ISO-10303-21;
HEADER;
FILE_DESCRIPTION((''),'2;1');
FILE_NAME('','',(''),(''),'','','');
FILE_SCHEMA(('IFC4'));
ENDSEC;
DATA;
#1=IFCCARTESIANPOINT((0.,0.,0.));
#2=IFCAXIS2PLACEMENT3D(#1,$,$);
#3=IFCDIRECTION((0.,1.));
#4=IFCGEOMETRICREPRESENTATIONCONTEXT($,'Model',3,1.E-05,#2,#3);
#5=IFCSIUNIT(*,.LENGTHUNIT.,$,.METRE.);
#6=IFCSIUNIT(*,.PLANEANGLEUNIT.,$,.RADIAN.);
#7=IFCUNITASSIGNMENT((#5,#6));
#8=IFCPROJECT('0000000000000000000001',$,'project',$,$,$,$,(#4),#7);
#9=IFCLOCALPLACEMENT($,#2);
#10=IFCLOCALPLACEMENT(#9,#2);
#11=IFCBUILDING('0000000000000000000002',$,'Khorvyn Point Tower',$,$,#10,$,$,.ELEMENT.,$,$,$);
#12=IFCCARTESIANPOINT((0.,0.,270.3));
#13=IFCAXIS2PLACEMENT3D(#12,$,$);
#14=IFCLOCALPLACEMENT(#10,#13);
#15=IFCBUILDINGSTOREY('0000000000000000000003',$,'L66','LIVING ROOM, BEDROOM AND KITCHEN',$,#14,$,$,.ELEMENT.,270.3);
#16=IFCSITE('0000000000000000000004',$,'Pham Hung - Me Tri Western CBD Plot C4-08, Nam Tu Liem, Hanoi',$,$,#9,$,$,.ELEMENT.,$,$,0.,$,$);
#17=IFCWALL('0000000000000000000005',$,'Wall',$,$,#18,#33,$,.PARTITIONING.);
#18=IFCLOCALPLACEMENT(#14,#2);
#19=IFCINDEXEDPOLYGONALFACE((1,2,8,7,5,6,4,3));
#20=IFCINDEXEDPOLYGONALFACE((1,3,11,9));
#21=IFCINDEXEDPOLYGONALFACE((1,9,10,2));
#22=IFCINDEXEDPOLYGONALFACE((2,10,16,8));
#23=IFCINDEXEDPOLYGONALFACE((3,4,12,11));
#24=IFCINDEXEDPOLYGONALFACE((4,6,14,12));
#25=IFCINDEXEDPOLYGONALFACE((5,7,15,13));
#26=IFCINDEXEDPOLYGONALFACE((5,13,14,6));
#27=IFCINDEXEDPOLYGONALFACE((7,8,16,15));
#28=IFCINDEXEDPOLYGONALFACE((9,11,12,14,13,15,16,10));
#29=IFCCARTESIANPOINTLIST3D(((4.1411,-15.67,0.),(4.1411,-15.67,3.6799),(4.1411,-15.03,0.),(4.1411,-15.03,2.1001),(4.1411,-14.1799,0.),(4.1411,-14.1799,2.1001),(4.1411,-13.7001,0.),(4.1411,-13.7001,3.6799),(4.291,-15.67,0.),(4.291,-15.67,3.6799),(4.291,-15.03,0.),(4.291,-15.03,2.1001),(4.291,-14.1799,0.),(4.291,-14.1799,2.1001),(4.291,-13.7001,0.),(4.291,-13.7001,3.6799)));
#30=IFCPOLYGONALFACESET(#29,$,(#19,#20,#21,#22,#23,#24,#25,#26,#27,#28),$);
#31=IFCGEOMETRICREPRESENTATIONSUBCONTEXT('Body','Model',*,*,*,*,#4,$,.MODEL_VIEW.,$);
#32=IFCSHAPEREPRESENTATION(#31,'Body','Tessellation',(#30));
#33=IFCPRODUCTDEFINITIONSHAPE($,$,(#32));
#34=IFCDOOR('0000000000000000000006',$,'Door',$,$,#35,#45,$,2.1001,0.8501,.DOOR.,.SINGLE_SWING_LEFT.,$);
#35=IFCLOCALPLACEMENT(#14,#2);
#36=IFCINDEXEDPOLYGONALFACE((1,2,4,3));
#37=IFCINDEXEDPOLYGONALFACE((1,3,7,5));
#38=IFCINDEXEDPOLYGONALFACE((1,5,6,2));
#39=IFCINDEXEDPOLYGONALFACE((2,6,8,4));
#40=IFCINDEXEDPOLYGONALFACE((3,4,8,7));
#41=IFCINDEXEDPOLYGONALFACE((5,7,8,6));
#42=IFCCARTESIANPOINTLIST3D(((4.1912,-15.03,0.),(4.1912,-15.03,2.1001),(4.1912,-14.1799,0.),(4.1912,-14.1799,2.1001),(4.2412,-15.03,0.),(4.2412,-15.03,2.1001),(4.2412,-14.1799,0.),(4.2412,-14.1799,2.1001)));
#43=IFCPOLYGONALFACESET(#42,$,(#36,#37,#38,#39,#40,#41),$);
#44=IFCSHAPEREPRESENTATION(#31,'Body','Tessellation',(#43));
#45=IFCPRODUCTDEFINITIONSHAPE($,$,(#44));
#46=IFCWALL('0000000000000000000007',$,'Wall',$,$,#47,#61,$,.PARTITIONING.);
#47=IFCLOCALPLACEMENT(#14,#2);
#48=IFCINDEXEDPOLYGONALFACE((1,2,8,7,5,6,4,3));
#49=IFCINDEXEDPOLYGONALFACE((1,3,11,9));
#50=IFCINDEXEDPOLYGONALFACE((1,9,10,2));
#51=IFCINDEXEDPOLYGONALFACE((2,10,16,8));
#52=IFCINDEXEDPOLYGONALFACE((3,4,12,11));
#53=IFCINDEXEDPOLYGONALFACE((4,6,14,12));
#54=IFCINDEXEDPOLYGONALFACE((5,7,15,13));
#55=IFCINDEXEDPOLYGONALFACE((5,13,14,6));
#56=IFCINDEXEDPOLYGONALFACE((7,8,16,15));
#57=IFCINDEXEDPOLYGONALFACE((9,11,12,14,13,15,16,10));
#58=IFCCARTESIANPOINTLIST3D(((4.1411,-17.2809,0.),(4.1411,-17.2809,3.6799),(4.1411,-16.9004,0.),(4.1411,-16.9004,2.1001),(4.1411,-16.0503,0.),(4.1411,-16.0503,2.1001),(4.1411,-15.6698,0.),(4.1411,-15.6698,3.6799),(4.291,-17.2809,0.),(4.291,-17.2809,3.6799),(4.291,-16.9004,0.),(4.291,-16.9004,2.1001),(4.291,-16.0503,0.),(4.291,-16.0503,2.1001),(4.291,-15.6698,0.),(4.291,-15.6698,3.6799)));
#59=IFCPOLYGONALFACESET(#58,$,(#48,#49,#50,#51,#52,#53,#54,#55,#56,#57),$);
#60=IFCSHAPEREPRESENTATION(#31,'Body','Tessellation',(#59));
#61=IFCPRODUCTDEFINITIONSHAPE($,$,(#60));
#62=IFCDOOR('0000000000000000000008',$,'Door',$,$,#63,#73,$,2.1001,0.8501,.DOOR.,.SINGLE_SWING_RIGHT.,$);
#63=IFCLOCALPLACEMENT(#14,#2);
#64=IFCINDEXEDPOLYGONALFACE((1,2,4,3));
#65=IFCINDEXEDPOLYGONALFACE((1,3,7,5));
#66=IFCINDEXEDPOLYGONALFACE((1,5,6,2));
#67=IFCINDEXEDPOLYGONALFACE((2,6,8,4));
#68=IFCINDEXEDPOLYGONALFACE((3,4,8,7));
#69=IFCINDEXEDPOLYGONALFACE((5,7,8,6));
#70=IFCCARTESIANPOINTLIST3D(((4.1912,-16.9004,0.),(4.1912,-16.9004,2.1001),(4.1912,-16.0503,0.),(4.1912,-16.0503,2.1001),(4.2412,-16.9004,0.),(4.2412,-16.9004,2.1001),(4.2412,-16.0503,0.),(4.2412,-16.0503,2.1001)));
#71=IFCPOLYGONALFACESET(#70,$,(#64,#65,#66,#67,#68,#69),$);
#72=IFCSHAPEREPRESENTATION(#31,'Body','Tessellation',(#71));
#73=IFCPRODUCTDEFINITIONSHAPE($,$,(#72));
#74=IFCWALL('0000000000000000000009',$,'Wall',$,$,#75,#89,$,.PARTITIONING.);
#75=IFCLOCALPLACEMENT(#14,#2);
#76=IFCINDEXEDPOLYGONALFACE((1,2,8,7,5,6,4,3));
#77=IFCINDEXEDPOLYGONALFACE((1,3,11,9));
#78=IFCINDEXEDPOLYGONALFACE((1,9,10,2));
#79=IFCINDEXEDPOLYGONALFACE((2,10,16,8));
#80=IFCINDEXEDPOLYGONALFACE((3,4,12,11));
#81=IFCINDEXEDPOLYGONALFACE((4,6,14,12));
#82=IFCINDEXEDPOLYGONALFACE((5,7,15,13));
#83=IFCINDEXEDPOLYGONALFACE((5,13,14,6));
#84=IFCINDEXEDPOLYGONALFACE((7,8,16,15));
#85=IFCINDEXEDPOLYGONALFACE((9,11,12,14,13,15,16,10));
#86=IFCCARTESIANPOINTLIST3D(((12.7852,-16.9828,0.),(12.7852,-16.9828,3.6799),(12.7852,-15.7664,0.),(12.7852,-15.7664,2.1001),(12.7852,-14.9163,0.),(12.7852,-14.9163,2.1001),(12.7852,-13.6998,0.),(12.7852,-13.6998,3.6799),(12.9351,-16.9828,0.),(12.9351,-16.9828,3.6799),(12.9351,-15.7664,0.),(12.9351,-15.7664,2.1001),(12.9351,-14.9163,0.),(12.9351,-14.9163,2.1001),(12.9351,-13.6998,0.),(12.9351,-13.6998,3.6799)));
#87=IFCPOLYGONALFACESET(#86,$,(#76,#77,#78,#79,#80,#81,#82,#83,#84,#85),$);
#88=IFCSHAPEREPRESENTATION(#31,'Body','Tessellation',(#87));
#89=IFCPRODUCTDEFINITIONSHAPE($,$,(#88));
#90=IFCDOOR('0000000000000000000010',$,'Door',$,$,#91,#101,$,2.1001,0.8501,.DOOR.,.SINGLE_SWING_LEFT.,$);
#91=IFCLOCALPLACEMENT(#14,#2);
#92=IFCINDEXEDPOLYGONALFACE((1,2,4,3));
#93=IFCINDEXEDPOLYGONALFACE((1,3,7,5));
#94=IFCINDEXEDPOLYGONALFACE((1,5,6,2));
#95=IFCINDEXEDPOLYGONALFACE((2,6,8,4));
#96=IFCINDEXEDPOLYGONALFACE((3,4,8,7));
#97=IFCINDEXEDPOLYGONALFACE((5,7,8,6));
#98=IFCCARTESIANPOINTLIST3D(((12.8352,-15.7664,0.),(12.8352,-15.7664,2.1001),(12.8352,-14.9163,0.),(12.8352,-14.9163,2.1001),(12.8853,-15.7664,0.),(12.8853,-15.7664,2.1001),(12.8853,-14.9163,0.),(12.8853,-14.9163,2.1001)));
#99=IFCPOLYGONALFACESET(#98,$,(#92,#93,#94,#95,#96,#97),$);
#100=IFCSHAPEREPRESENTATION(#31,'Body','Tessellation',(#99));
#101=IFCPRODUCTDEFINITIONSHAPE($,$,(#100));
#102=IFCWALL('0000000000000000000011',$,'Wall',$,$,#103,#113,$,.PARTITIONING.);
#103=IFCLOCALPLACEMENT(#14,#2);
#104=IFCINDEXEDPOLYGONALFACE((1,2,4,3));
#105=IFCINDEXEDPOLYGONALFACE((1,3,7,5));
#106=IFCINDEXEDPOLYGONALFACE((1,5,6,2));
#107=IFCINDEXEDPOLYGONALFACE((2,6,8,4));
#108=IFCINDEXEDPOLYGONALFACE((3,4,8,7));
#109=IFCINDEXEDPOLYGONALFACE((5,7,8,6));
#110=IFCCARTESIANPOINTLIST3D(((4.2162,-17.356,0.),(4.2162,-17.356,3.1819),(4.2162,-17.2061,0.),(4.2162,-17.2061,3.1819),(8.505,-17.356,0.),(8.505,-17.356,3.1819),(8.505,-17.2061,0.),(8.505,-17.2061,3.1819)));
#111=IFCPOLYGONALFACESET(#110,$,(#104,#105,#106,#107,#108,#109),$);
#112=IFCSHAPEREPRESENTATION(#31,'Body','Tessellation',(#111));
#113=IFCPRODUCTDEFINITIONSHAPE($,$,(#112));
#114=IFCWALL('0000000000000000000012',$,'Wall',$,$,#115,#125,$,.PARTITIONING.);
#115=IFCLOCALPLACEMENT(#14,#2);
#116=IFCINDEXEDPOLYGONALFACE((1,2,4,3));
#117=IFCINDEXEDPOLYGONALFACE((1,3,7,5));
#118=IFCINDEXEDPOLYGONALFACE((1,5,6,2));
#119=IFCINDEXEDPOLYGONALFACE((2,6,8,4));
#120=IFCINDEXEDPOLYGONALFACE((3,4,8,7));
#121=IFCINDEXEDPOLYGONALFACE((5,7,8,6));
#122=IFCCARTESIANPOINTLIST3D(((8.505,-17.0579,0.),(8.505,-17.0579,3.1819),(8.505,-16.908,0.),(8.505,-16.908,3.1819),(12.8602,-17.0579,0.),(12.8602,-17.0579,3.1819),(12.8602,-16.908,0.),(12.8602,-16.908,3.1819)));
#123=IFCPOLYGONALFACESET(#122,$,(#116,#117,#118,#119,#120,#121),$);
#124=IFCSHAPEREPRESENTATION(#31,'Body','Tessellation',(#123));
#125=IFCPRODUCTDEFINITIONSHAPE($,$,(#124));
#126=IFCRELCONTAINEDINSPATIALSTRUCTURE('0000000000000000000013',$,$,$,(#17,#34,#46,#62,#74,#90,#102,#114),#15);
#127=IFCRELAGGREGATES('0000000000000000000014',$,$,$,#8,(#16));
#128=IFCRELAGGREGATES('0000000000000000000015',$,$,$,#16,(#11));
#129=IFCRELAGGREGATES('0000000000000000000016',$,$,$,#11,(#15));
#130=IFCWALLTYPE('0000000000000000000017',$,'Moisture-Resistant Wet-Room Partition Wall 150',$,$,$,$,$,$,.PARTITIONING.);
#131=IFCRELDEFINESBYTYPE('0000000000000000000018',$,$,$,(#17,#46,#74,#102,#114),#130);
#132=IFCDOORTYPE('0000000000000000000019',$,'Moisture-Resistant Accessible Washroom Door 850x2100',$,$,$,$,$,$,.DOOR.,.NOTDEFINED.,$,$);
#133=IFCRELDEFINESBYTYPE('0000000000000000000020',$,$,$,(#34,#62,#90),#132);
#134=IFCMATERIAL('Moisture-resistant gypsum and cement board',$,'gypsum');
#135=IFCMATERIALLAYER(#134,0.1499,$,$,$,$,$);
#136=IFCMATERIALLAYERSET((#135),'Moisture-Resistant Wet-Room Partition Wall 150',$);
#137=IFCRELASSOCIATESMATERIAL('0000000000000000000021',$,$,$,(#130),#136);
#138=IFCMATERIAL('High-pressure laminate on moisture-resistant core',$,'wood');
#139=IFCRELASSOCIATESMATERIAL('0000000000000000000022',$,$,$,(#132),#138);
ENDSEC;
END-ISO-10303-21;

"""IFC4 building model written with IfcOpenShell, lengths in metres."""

from ifc_helpers import new_model, si_unit, direction, frame, frame_2d, origin, place, context, subcontext, project, spatial, rectangle, extrude, material, layer, layer_set, type_object, element, fill, save


model = new_model("IFC4")

# Units and contexts
model_context = context("Model", 3, precision=1e-05, world=origin(), true_north=direction((0.0, 1.0)))
body_context = subcontext(model_context, "Body", "Model", "MODEL_VIEW")
ifc_project = project(units=[si_unit("LENGTHUNIT", "METRE"), si_unit("PLANEANGLEUNIT", "RADIAN")], contexts=[model_context])

# Site, building, storey
site_placement = place(None, origin())
site = spatial("IfcSite", under=ifc_project, at=site_placement, Name="Pham Hung - Me Tri Western CBD Plot C4-08, Nam Tu Liem, Hanoi", CompositionType="ELEMENT", RefElevation=0.0)
building_placement = place(site_placement, origin())
building = spatial("IfcBuilding", under=site, at=building_placement, Name="Khorvyn Point Tower", CompositionType="ELEMENT")
storey_placement = place(building_placement, frame((0.0, 0.0, 270.3)))
storey = spatial("IfcBuildingStorey", under=building, at=storey_placement, Name="L66", Description="LIVING ROOM, BEDROOM AND KITCHEN", CompositionType="ELEMENT", Elevation=270.3)

# Walls, openings, doors
ifc_material_1 = material(Name="Moisture-resistant gypsum and cement board", Category="gypsum")
ifc_layer_1 = layer(ifc_material_1, 0.1499)
ifc_layer_set_1 = layer_set([ifc_layer_1], Name="Moisture-Resistant Wet-Room Partition Wall 150")
wall_type_1 = type_object("IfcWallType", Name="Moisture-Resistant Wet-Room Partition Wall 150", PredefinedType="PARTITIONING", material=ifc_layer_set_1)
wall_1_placement = place(storey_placement, frame((4.2161, -15.6699, 0.0), z_axis=(0.0, 0.0, 1.0), x_axis=(0.0, 1.0, 0.0)))
wall_1 = element("IfcWall", 1, at=wall_1_placement, inside=storey, type_object=wall_type_1, Name="Wall", PredefinedType="PARTITIONING", context=body_context, shape_type="SweptSolid", body=[
    extrude(rectangle(XDim=1.97, YDim=0.1499, at=frame_2d((0.9849, 0.0))), origin(), (0.0, 0.0, 1.0), 3.6799),
])
opening_1_placement = place(wall_1_placement, frame((0.6399, 0.0, 0.0)))
opening_1 = element("IfcOpeningElement", 2, at=opening_1_placement, cuts=wall_1, PredefinedType="OPENING", context=body_context, shape_type="SweptSolid", body=[
    extrude(rectangle(XDim=0.8501, YDim=2.1001, at=frame_2d((0.425, 1.05))), frame((0.0, 0.085, 0.0), z_axis=(0.0, -1.0, 0.0), x_axis=(1.0, 0.0, 0.0)), (0.0, 0.0, 1.0), 0.1699),
])
ifc_material_2 = material(Name="High-pressure laminate on moisture-resistant core", Category="wood")
door_type_1 = type_object("IfcDoorType", Name="Moisture-Resistant Accessible Washroom Door 850x2100", OperationType="NOTDEFINED", PredefinedType="DOOR", material=ifc_material_2)
door_1_placement = place(opening_1_placement, origin())
door_1 = element("IfcDoor", 3, at=door_1_placement, inside=storey, type_object=door_type_1, Name="Door", OperationType="SINGLE_SWING_LEFT", OverallHeight=2.1001, OverallWidth=0.8501, PredefinedType="DOOR", context=body_context, shape_type="SweptSolid", body=[
    extrude(rectangle(XDim=0.8501, YDim=2.1001, at=frame_2d((0.425, 1.05))), frame((0.0, 0.0249, 0.0), z_axis=(0.0, -1.0, 0.0), x_axis=(1.0, 0.0, 0.0)), (0.0, 0.0, 1.0), 0.05),
])
fill(opening_1, door_1)
wall_2_placement = place(storey_placement, frame((4.2161, -17.281, 0.0), z_axis=(0.0, 0.0, 1.0), x_axis=(0.0, 1.0, 0.0)))
wall_2 = element("IfcWall", 4, at=wall_2_placement, inside=storey, type_object=wall_type_1, Name="Wall", PredefinedType="PARTITIONING", context=body_context, shape_type="SweptSolid", body=[
    extrude(rectangle(XDim=1.6111, YDim=0.1499, at=frame_2d((0.8057, 0.0))), origin(), (0.0, 0.0, 1.0), 3.6799),
])
opening_2_placement = place(wall_2_placement, frame((0.3806, 0.0, 0.0)))
opening_2 = element("IfcOpeningElement", 5, at=opening_2_placement, cuts=wall_2, PredefinedType="OPENING", context=body_context, shape_type="SweptSolid", body=[
    extrude(rectangle(XDim=0.8501, YDim=2.1001, at=frame_2d((0.425, 1.05))), frame((0.0, 0.085, 0.0), z_axis=(0.0, -1.0, 0.0), x_axis=(1.0, 0.0, 0.0)), (0.0, 0.0, 1.0), 0.1699),
])
door_2_placement = place(opening_2_placement, origin())
door_2 = element("IfcDoor", 6, at=door_2_placement, inside=storey, type_object=door_type_1, Name="Door", OperationType="SINGLE_SWING_RIGHT", OverallHeight=2.1001, OverallWidth=0.8501, PredefinedType="DOOR", context=body_context, shape_type="SweptSolid", body=[
    extrude(rectangle(XDim=0.8501, YDim=2.1001, at=frame_2d((0.425, 1.05))), frame((0.0, 0.0249, 0.0), z_axis=(0.0, -1.0, 0.0), x_axis=(1.0, 0.0, 0.0)), (0.0, 0.0, 1.0), 0.05),
])
fill(opening_2, door_2)
wall_3_placement = place(storey_placement, frame((12.8601, -16.9829, 0.0), z_axis=(0.0, 0.0, 1.0), x_axis=(0.0, 1.0, 0.0)))
wall_3 = element("IfcWall", 7, at=wall_3_placement, inside=storey, type_object=wall_type_1, Name="Wall", PredefinedType="PARTITIONING", context=body_context, shape_type="SweptSolid", body=[
    extrude(rectangle(XDim=3.283, YDim=0.1499, at=frame_2d((1.6416, 0.0))), origin(), (0.0, 0.0, 1.0), 3.6799),
])
opening_3_placement = place(wall_3_placement, frame((1.2166, 0.0, 0.0)))
opening_3 = element("IfcOpeningElement", 8, at=opening_3_placement, cuts=wall_3, PredefinedType="OPENING", context=body_context, shape_type="SweptSolid", body=[
    extrude(rectangle(XDim=0.8501, YDim=2.1001, at=frame_2d((0.425, 1.05))), frame((0.0, 0.085, 0.0), z_axis=(0.0, -1.0, 0.0), x_axis=(1.0, 0.0, 0.0)), (0.0, 0.0, 1.0), 0.1699),
])
door_3_placement = place(opening_3_placement, origin())
door_3 = element("IfcDoor", 9, at=door_3_placement, inside=storey, type_object=door_type_1, Name="Door", OperationType="SINGLE_SWING_LEFT", OverallHeight=2.1001, OverallWidth=0.8501, PredefinedType="DOOR", context=body_context, shape_type="SweptSolid", body=[
    extrude(rectangle(XDim=0.8501, YDim=2.1001, at=frame_2d((0.425, 1.05))), frame((0.0, 0.0249, 0.0), z_axis=(0.0, -1.0, 0.0), x_axis=(1.0, 0.0, 0.0)), (0.0, 0.0, 1.0), 0.05),
])
fill(opening_3, door_3)

# Walls
wall_4_placement = place(storey_placement, frame((4.2161, -17.281, 0.0), z_axis=(0.0, 0.0, 1.0), x_axis=(1.0, 0.0, 0.0)))
element("IfcWall", 10, at=wall_4_placement, inside=storey, type_object=wall_type_1, Name="Wall", PredefinedType="PARTITIONING", context=body_context, shape_type="SweptSolid", body=[
    extrude(rectangle(XDim=4.2888, YDim=0.1499, at=frame_2d((2.1445, 0.0))), origin(), (0.0, 0.0, 1.0), 3.1819),
])
wall_5_placement = place(storey_placement, frame((8.5049, -16.9829, 0.0), z_axis=(0.0, 0.0, 1.0), x_axis=(1.0, 0.0, 0.0)))
element("IfcWall", 11, at=wall_5_placement, inside=storey, type_object=wall_type_1, Name="Wall", PredefinedType="PARTITIONING", context=body_context, shape_type="SweptSolid", body=[
    extrude(rectangle(XDim=4.3552, YDim=0.1499, at=frame_2d((2.1777, 0.0))), origin(), (0.0, 0.0, 1.0), 3.1819),
])

save(model, "model.ifc")
